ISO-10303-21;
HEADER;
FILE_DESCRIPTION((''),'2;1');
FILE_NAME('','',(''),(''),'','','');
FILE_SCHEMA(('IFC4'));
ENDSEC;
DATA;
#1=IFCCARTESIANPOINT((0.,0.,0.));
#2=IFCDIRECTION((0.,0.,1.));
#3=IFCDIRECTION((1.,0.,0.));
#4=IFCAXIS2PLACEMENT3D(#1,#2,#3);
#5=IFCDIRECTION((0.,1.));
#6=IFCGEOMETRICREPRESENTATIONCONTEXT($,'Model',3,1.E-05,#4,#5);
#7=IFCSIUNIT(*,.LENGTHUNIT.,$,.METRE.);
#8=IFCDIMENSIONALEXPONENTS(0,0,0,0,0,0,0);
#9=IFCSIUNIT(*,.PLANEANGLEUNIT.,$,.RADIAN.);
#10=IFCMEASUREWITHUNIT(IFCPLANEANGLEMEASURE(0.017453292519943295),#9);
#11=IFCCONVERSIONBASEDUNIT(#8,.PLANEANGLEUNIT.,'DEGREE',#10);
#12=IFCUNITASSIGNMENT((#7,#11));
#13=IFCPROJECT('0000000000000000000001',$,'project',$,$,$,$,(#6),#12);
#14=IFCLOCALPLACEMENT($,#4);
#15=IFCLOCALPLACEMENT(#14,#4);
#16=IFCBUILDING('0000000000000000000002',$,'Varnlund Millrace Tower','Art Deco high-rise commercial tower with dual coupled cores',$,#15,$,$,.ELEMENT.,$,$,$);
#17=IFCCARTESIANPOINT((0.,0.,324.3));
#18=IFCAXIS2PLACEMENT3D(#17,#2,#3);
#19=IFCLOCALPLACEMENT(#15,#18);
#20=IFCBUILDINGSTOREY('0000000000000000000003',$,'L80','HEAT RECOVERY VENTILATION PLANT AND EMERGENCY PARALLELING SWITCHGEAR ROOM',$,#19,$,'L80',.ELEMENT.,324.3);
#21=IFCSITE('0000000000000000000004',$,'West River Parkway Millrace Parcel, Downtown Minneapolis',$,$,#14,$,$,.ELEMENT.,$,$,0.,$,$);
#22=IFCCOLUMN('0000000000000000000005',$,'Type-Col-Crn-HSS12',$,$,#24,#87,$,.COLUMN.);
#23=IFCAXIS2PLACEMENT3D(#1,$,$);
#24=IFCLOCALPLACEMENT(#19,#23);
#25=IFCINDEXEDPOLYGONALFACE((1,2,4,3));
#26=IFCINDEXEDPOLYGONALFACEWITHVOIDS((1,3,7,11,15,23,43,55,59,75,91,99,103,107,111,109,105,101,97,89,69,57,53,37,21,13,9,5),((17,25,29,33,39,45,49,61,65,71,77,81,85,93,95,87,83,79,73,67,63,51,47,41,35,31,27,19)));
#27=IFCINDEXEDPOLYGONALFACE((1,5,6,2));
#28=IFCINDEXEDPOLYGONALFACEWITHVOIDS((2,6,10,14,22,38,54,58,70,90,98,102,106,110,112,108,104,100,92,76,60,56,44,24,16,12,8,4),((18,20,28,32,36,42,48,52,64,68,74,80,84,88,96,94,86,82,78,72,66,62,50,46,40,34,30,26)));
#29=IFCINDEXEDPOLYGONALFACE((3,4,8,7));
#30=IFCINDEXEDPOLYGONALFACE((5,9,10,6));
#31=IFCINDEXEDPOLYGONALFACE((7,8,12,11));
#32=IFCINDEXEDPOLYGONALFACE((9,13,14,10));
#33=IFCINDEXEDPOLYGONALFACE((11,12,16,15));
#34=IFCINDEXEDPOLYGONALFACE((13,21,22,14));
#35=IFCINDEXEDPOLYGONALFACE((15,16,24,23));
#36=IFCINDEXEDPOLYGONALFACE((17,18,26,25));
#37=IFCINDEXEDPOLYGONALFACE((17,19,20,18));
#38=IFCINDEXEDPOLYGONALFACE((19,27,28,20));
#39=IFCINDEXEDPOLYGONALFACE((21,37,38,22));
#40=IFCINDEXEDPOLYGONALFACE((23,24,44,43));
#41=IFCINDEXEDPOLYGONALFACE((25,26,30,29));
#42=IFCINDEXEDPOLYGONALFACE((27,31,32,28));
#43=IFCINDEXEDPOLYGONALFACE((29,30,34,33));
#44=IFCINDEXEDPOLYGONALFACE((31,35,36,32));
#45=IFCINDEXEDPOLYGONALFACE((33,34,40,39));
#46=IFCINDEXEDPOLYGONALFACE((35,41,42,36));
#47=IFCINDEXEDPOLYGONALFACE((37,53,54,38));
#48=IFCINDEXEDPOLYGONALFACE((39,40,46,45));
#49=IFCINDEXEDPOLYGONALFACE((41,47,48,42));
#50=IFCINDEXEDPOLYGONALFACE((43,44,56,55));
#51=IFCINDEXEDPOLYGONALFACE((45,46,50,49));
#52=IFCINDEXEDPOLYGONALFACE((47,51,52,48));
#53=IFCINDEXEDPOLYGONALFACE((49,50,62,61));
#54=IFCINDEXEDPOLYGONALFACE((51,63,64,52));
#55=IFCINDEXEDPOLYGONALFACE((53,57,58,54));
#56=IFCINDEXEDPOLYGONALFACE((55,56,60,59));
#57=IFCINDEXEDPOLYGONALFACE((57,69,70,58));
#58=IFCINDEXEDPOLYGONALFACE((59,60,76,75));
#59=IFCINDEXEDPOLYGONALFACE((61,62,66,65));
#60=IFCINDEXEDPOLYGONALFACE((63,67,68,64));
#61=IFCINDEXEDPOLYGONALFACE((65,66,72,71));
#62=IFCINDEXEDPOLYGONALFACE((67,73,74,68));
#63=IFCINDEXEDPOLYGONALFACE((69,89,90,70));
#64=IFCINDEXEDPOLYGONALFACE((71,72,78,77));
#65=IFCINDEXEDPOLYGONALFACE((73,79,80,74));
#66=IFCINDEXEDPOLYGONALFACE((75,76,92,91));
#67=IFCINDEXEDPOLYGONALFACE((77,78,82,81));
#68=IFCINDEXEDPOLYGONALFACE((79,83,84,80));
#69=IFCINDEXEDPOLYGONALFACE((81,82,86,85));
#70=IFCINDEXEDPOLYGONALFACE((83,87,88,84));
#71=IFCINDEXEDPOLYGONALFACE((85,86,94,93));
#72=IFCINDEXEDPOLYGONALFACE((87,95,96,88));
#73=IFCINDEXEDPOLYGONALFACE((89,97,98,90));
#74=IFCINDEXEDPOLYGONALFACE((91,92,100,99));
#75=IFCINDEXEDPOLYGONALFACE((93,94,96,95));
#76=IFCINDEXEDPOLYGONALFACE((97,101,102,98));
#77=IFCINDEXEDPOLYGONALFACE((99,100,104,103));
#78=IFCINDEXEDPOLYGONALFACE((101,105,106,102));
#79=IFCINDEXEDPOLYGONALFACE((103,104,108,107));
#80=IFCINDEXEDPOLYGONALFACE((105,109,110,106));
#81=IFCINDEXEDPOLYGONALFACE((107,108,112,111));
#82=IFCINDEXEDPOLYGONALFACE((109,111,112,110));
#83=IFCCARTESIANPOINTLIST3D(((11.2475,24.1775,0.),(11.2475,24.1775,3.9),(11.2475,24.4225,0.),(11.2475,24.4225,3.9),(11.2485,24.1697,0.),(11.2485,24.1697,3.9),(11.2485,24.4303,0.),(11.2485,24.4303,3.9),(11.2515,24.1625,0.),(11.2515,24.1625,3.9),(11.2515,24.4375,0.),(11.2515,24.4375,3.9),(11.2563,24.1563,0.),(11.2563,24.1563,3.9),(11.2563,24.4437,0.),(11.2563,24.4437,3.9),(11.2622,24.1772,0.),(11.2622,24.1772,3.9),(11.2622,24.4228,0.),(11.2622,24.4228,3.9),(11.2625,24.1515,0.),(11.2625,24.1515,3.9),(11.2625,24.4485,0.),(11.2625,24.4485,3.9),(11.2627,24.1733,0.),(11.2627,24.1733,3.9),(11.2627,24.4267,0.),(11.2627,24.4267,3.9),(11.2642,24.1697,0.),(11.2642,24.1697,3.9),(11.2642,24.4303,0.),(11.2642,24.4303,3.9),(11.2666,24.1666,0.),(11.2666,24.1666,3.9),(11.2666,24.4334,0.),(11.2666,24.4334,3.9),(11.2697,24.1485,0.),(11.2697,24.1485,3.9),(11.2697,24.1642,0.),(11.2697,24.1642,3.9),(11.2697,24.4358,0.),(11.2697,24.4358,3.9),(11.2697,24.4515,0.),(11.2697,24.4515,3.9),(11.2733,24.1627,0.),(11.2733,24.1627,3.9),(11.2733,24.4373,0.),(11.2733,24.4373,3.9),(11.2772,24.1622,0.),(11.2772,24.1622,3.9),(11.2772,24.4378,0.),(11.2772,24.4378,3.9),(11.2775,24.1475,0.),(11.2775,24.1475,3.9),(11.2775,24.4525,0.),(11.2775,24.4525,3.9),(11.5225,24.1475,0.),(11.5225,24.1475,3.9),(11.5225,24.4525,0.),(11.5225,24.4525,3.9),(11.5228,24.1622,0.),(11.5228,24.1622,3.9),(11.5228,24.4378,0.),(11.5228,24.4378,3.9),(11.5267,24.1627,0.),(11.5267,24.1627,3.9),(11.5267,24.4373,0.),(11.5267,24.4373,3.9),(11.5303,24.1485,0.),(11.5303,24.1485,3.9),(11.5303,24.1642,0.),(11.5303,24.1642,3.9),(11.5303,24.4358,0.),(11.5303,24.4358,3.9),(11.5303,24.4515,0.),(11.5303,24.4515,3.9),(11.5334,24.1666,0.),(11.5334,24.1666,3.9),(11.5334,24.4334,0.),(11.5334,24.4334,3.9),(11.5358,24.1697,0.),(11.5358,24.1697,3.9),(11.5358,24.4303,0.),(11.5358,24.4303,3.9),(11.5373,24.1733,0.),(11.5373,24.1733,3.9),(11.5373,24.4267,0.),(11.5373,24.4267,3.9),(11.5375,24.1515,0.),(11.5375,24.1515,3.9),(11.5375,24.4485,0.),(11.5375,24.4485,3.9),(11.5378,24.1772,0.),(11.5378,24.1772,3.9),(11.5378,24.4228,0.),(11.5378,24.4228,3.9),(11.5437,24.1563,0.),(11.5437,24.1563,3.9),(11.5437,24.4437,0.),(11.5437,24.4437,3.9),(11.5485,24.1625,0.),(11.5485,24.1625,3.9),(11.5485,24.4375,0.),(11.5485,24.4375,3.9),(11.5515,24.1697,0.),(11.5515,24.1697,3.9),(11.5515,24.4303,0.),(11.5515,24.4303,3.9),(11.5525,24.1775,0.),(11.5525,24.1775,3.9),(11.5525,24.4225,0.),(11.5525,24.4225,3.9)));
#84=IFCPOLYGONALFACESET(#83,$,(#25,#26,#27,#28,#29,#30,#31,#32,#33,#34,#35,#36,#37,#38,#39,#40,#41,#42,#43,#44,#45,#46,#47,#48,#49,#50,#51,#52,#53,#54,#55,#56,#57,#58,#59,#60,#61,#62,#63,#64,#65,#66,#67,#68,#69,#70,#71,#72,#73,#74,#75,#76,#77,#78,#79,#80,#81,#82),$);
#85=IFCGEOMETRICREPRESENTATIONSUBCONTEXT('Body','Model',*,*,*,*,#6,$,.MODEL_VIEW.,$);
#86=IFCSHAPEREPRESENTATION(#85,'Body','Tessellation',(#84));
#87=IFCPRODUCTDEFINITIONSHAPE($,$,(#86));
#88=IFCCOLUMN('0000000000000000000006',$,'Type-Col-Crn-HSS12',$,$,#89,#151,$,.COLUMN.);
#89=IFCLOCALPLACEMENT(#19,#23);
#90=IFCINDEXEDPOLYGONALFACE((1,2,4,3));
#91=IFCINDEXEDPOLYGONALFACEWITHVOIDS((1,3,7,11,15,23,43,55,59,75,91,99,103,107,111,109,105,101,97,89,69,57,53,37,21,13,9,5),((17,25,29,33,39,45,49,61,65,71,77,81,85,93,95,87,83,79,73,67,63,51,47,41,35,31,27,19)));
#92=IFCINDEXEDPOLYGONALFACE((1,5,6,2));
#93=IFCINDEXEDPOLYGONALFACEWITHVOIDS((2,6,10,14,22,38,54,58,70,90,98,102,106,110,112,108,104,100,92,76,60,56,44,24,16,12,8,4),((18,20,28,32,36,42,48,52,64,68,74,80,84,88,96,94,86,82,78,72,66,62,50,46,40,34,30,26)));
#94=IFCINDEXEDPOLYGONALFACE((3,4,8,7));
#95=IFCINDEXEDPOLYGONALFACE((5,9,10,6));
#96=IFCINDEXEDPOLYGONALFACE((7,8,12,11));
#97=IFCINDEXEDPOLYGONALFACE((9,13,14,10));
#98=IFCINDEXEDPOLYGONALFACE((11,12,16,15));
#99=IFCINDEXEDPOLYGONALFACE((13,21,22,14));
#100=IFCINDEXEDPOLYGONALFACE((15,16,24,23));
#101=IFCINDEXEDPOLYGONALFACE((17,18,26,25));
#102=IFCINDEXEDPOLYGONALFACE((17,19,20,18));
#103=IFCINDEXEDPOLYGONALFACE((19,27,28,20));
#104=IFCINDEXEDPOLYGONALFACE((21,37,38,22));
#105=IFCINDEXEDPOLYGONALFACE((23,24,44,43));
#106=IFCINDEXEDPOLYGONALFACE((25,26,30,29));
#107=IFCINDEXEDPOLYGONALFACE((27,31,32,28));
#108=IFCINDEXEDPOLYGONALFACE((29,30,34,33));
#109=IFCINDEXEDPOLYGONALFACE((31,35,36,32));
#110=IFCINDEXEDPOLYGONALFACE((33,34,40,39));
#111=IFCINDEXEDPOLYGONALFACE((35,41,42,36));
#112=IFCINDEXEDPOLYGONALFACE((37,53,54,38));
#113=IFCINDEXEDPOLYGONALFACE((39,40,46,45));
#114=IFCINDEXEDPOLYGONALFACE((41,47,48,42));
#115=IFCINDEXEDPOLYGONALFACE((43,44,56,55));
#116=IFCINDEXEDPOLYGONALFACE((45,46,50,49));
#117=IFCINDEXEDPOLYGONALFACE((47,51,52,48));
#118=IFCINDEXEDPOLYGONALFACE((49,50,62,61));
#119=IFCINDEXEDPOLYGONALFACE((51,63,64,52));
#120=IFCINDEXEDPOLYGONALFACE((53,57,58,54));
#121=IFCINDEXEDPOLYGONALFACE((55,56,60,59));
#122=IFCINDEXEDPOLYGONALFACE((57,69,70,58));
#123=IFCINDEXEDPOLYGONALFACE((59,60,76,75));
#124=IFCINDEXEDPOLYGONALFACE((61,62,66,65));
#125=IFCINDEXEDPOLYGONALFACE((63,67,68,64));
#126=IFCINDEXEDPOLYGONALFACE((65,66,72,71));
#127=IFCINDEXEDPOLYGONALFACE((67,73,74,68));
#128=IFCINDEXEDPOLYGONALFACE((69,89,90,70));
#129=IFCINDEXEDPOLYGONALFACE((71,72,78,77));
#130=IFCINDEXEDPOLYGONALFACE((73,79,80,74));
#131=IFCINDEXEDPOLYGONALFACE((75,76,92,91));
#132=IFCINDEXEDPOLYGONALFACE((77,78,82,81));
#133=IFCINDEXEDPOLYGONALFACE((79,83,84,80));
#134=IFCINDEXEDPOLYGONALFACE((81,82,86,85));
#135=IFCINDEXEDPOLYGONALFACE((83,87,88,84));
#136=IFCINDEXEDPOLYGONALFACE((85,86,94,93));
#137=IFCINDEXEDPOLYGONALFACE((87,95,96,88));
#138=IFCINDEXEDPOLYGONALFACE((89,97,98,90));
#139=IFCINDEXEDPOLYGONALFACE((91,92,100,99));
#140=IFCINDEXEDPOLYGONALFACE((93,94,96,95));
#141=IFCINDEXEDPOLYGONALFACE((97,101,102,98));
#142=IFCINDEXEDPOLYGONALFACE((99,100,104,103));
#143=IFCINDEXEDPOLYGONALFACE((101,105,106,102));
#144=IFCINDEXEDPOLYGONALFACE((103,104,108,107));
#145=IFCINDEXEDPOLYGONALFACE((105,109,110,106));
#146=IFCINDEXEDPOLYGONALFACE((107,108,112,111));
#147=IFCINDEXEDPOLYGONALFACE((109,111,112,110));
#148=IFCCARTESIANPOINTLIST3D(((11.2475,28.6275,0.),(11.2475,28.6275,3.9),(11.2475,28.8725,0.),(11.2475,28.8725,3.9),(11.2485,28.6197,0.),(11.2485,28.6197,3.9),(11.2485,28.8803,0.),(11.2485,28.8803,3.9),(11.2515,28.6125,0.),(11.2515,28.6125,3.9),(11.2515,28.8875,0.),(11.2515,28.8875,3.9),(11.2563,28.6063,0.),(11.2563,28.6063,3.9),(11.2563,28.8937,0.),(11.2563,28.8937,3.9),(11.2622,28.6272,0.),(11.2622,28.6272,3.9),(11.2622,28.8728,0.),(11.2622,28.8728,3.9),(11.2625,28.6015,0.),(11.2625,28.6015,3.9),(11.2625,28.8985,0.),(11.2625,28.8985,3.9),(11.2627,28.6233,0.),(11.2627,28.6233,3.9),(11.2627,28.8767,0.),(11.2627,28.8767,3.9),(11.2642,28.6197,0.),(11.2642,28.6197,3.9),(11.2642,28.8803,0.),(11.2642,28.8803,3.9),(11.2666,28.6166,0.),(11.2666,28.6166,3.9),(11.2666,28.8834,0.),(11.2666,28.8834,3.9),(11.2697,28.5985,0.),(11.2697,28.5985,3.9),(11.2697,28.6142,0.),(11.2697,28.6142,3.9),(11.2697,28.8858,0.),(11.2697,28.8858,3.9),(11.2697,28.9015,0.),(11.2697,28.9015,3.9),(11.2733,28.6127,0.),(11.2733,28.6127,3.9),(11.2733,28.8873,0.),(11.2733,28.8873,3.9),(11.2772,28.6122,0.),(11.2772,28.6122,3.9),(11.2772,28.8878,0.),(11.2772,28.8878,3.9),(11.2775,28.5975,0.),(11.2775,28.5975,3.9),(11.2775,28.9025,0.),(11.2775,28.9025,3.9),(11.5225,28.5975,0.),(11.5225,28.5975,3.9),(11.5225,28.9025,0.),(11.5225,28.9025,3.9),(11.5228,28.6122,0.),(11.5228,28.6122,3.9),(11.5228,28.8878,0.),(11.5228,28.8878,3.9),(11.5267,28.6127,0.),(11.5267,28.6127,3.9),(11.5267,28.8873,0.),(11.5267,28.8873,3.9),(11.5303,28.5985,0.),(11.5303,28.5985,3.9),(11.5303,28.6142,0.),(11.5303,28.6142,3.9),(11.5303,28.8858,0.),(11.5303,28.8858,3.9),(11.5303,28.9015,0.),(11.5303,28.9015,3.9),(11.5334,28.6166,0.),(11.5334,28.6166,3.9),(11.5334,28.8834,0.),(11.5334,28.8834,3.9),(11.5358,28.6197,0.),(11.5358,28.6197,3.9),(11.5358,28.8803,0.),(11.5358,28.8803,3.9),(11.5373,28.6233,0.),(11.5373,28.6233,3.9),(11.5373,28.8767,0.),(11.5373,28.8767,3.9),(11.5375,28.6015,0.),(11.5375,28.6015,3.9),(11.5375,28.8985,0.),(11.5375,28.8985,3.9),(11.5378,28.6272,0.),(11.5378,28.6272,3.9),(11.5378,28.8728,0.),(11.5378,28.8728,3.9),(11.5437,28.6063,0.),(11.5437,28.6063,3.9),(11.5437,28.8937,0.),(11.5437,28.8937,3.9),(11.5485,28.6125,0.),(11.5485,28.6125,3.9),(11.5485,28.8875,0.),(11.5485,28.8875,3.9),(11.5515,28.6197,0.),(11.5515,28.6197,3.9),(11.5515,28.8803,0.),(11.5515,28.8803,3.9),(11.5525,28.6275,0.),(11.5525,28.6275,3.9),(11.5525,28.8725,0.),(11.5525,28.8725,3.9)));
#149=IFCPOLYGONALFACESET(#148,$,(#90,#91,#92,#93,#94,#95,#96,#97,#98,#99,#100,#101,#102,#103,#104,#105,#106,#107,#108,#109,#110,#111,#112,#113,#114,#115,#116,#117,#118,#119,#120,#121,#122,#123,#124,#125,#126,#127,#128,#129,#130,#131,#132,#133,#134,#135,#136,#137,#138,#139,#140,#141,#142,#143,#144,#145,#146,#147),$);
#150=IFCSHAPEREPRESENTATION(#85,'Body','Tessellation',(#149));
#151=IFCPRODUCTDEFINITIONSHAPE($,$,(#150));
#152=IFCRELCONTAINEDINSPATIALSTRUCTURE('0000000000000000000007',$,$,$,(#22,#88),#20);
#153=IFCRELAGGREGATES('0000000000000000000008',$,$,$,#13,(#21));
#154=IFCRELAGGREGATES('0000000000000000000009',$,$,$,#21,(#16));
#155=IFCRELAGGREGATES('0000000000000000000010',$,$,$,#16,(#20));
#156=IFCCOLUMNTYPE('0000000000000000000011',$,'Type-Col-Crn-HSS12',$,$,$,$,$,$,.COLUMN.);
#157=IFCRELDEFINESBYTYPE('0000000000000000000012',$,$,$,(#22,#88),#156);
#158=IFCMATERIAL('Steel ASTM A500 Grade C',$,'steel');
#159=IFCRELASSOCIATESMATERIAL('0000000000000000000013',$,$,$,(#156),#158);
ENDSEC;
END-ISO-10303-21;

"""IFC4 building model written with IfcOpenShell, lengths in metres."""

from ifc_helpers import new_model, entity, si_unit, converted_unit, direction, frame, origin_with_axes, origin_2d_with_axis, place, context, subcontext, project, spatial, hollow_rectangle, extrude, material, material_profile, profile_set, type_object, element, save


model = new_model("IFC4")

# Units and contexts
model_context = context("Model", 3, precision=1e-05, world=origin_with_axes(), true_north=direction((0.0, 1.0)))
body_context = subcontext(model_context, "Body", "Model", "MODEL_VIEW")
ifc_project = project(units=[si_unit("LENGTHUNIT", "METRE"), converted_unit("PLANEANGLEUNIT", "DEGREE", entity("IfcPlaneAngleMeasure", 0.017453292519943295), si_unit("PLANEANGLEUNIT", "RADIAN"), dimensions=[0, 0, 0, 0, 0, 0, 0])], contexts=[model_context])

# Site, building, storey
site_placement = place(None, origin_with_axes())
site = spatial("IfcSite", under=ifc_project, at=site_placement, Name="West River Parkway Millrace Parcel, Downtown Minneapolis", CompositionType="ELEMENT", RefElevation=0.0)
building_placement = place(site_placement, origin_with_axes())
building = spatial("IfcBuilding", under=site, at=building_placement, Name="Varnlund Millrace Tower", Description="Art Deco high-rise commercial tower with dual coupled cores", CompositionType="ELEMENT")
storey_placement = place(building_placement, frame((0.0, 0.0, 324.3), z_axis=(0.0, 0.0, 1.0), x_axis=(1.0, 0.0, 0.0)))
storey = spatial("IfcBuildingStorey", under=building, at=storey_placement, Name="L80", Description="HEAT RECOVERY VENTILATION PLANT AND EMERGENCY PARALLELING SWITCHGEAR ROOM", LongName="L80", CompositionType="ELEMENT", Elevation=324.3)

# Columns
ifc_material_1 = material(Name="Steel ASTM A500 Grade C", Category="steel")
ifc_material_profile_1 = material_profile(ifc_material_1, hollow_rectangle(XDim=0.305, YDim=0.305, WallThickness=0.0147, InnerFilletRadius=0.015, OuterFilletRadius=0.03, at=origin_2d_with_axis()), Name="Steel ASTM A500 Grade C")
ifc_profile_set_1 = profile_set([ifc_material_profile_1], Name="Steel ASTM A500 Grade C")
column_type = type_object("IfcColumnType", Name="Type-Col-Crn-HSS12", PredefinedType="COLUMN", material=ifc_profile_set_1)
for number, where, z_axis, x_axis, name in (
    (1, (11.4, 24.3, 0.0), (0.0, 0.0, 1.0), (1.0, 0.0, 0.0), "Type-Col-Crn-HSS12"),
    (2, (11.4, 28.75, 0.0), (0.0, 0.0, 1.0), (1.0, 0.0, 0.0), "Type-Col-Crn-HSS12"),
):
    element("IfcColumn", number, at=place(storey_placement, frame(where, z_axis=z_axis, x_axis=x_axis)), inside=storey, type_object=column_type, Name=name, PredefinedType="COLUMN", context=body_context, shape_type="SweptSolid", body=[
        extrude(hollow_rectangle(XDim=0.305, YDim=0.305, WallThickness=0.0147, InnerFilletRadius=0.015, OuterFilletRadius=0.03, at=origin_2d_with_axis()), origin_with_axes(), (0.0, 0.0, 1.0), 3.9),
    ])

save(model, "model.ifc")
